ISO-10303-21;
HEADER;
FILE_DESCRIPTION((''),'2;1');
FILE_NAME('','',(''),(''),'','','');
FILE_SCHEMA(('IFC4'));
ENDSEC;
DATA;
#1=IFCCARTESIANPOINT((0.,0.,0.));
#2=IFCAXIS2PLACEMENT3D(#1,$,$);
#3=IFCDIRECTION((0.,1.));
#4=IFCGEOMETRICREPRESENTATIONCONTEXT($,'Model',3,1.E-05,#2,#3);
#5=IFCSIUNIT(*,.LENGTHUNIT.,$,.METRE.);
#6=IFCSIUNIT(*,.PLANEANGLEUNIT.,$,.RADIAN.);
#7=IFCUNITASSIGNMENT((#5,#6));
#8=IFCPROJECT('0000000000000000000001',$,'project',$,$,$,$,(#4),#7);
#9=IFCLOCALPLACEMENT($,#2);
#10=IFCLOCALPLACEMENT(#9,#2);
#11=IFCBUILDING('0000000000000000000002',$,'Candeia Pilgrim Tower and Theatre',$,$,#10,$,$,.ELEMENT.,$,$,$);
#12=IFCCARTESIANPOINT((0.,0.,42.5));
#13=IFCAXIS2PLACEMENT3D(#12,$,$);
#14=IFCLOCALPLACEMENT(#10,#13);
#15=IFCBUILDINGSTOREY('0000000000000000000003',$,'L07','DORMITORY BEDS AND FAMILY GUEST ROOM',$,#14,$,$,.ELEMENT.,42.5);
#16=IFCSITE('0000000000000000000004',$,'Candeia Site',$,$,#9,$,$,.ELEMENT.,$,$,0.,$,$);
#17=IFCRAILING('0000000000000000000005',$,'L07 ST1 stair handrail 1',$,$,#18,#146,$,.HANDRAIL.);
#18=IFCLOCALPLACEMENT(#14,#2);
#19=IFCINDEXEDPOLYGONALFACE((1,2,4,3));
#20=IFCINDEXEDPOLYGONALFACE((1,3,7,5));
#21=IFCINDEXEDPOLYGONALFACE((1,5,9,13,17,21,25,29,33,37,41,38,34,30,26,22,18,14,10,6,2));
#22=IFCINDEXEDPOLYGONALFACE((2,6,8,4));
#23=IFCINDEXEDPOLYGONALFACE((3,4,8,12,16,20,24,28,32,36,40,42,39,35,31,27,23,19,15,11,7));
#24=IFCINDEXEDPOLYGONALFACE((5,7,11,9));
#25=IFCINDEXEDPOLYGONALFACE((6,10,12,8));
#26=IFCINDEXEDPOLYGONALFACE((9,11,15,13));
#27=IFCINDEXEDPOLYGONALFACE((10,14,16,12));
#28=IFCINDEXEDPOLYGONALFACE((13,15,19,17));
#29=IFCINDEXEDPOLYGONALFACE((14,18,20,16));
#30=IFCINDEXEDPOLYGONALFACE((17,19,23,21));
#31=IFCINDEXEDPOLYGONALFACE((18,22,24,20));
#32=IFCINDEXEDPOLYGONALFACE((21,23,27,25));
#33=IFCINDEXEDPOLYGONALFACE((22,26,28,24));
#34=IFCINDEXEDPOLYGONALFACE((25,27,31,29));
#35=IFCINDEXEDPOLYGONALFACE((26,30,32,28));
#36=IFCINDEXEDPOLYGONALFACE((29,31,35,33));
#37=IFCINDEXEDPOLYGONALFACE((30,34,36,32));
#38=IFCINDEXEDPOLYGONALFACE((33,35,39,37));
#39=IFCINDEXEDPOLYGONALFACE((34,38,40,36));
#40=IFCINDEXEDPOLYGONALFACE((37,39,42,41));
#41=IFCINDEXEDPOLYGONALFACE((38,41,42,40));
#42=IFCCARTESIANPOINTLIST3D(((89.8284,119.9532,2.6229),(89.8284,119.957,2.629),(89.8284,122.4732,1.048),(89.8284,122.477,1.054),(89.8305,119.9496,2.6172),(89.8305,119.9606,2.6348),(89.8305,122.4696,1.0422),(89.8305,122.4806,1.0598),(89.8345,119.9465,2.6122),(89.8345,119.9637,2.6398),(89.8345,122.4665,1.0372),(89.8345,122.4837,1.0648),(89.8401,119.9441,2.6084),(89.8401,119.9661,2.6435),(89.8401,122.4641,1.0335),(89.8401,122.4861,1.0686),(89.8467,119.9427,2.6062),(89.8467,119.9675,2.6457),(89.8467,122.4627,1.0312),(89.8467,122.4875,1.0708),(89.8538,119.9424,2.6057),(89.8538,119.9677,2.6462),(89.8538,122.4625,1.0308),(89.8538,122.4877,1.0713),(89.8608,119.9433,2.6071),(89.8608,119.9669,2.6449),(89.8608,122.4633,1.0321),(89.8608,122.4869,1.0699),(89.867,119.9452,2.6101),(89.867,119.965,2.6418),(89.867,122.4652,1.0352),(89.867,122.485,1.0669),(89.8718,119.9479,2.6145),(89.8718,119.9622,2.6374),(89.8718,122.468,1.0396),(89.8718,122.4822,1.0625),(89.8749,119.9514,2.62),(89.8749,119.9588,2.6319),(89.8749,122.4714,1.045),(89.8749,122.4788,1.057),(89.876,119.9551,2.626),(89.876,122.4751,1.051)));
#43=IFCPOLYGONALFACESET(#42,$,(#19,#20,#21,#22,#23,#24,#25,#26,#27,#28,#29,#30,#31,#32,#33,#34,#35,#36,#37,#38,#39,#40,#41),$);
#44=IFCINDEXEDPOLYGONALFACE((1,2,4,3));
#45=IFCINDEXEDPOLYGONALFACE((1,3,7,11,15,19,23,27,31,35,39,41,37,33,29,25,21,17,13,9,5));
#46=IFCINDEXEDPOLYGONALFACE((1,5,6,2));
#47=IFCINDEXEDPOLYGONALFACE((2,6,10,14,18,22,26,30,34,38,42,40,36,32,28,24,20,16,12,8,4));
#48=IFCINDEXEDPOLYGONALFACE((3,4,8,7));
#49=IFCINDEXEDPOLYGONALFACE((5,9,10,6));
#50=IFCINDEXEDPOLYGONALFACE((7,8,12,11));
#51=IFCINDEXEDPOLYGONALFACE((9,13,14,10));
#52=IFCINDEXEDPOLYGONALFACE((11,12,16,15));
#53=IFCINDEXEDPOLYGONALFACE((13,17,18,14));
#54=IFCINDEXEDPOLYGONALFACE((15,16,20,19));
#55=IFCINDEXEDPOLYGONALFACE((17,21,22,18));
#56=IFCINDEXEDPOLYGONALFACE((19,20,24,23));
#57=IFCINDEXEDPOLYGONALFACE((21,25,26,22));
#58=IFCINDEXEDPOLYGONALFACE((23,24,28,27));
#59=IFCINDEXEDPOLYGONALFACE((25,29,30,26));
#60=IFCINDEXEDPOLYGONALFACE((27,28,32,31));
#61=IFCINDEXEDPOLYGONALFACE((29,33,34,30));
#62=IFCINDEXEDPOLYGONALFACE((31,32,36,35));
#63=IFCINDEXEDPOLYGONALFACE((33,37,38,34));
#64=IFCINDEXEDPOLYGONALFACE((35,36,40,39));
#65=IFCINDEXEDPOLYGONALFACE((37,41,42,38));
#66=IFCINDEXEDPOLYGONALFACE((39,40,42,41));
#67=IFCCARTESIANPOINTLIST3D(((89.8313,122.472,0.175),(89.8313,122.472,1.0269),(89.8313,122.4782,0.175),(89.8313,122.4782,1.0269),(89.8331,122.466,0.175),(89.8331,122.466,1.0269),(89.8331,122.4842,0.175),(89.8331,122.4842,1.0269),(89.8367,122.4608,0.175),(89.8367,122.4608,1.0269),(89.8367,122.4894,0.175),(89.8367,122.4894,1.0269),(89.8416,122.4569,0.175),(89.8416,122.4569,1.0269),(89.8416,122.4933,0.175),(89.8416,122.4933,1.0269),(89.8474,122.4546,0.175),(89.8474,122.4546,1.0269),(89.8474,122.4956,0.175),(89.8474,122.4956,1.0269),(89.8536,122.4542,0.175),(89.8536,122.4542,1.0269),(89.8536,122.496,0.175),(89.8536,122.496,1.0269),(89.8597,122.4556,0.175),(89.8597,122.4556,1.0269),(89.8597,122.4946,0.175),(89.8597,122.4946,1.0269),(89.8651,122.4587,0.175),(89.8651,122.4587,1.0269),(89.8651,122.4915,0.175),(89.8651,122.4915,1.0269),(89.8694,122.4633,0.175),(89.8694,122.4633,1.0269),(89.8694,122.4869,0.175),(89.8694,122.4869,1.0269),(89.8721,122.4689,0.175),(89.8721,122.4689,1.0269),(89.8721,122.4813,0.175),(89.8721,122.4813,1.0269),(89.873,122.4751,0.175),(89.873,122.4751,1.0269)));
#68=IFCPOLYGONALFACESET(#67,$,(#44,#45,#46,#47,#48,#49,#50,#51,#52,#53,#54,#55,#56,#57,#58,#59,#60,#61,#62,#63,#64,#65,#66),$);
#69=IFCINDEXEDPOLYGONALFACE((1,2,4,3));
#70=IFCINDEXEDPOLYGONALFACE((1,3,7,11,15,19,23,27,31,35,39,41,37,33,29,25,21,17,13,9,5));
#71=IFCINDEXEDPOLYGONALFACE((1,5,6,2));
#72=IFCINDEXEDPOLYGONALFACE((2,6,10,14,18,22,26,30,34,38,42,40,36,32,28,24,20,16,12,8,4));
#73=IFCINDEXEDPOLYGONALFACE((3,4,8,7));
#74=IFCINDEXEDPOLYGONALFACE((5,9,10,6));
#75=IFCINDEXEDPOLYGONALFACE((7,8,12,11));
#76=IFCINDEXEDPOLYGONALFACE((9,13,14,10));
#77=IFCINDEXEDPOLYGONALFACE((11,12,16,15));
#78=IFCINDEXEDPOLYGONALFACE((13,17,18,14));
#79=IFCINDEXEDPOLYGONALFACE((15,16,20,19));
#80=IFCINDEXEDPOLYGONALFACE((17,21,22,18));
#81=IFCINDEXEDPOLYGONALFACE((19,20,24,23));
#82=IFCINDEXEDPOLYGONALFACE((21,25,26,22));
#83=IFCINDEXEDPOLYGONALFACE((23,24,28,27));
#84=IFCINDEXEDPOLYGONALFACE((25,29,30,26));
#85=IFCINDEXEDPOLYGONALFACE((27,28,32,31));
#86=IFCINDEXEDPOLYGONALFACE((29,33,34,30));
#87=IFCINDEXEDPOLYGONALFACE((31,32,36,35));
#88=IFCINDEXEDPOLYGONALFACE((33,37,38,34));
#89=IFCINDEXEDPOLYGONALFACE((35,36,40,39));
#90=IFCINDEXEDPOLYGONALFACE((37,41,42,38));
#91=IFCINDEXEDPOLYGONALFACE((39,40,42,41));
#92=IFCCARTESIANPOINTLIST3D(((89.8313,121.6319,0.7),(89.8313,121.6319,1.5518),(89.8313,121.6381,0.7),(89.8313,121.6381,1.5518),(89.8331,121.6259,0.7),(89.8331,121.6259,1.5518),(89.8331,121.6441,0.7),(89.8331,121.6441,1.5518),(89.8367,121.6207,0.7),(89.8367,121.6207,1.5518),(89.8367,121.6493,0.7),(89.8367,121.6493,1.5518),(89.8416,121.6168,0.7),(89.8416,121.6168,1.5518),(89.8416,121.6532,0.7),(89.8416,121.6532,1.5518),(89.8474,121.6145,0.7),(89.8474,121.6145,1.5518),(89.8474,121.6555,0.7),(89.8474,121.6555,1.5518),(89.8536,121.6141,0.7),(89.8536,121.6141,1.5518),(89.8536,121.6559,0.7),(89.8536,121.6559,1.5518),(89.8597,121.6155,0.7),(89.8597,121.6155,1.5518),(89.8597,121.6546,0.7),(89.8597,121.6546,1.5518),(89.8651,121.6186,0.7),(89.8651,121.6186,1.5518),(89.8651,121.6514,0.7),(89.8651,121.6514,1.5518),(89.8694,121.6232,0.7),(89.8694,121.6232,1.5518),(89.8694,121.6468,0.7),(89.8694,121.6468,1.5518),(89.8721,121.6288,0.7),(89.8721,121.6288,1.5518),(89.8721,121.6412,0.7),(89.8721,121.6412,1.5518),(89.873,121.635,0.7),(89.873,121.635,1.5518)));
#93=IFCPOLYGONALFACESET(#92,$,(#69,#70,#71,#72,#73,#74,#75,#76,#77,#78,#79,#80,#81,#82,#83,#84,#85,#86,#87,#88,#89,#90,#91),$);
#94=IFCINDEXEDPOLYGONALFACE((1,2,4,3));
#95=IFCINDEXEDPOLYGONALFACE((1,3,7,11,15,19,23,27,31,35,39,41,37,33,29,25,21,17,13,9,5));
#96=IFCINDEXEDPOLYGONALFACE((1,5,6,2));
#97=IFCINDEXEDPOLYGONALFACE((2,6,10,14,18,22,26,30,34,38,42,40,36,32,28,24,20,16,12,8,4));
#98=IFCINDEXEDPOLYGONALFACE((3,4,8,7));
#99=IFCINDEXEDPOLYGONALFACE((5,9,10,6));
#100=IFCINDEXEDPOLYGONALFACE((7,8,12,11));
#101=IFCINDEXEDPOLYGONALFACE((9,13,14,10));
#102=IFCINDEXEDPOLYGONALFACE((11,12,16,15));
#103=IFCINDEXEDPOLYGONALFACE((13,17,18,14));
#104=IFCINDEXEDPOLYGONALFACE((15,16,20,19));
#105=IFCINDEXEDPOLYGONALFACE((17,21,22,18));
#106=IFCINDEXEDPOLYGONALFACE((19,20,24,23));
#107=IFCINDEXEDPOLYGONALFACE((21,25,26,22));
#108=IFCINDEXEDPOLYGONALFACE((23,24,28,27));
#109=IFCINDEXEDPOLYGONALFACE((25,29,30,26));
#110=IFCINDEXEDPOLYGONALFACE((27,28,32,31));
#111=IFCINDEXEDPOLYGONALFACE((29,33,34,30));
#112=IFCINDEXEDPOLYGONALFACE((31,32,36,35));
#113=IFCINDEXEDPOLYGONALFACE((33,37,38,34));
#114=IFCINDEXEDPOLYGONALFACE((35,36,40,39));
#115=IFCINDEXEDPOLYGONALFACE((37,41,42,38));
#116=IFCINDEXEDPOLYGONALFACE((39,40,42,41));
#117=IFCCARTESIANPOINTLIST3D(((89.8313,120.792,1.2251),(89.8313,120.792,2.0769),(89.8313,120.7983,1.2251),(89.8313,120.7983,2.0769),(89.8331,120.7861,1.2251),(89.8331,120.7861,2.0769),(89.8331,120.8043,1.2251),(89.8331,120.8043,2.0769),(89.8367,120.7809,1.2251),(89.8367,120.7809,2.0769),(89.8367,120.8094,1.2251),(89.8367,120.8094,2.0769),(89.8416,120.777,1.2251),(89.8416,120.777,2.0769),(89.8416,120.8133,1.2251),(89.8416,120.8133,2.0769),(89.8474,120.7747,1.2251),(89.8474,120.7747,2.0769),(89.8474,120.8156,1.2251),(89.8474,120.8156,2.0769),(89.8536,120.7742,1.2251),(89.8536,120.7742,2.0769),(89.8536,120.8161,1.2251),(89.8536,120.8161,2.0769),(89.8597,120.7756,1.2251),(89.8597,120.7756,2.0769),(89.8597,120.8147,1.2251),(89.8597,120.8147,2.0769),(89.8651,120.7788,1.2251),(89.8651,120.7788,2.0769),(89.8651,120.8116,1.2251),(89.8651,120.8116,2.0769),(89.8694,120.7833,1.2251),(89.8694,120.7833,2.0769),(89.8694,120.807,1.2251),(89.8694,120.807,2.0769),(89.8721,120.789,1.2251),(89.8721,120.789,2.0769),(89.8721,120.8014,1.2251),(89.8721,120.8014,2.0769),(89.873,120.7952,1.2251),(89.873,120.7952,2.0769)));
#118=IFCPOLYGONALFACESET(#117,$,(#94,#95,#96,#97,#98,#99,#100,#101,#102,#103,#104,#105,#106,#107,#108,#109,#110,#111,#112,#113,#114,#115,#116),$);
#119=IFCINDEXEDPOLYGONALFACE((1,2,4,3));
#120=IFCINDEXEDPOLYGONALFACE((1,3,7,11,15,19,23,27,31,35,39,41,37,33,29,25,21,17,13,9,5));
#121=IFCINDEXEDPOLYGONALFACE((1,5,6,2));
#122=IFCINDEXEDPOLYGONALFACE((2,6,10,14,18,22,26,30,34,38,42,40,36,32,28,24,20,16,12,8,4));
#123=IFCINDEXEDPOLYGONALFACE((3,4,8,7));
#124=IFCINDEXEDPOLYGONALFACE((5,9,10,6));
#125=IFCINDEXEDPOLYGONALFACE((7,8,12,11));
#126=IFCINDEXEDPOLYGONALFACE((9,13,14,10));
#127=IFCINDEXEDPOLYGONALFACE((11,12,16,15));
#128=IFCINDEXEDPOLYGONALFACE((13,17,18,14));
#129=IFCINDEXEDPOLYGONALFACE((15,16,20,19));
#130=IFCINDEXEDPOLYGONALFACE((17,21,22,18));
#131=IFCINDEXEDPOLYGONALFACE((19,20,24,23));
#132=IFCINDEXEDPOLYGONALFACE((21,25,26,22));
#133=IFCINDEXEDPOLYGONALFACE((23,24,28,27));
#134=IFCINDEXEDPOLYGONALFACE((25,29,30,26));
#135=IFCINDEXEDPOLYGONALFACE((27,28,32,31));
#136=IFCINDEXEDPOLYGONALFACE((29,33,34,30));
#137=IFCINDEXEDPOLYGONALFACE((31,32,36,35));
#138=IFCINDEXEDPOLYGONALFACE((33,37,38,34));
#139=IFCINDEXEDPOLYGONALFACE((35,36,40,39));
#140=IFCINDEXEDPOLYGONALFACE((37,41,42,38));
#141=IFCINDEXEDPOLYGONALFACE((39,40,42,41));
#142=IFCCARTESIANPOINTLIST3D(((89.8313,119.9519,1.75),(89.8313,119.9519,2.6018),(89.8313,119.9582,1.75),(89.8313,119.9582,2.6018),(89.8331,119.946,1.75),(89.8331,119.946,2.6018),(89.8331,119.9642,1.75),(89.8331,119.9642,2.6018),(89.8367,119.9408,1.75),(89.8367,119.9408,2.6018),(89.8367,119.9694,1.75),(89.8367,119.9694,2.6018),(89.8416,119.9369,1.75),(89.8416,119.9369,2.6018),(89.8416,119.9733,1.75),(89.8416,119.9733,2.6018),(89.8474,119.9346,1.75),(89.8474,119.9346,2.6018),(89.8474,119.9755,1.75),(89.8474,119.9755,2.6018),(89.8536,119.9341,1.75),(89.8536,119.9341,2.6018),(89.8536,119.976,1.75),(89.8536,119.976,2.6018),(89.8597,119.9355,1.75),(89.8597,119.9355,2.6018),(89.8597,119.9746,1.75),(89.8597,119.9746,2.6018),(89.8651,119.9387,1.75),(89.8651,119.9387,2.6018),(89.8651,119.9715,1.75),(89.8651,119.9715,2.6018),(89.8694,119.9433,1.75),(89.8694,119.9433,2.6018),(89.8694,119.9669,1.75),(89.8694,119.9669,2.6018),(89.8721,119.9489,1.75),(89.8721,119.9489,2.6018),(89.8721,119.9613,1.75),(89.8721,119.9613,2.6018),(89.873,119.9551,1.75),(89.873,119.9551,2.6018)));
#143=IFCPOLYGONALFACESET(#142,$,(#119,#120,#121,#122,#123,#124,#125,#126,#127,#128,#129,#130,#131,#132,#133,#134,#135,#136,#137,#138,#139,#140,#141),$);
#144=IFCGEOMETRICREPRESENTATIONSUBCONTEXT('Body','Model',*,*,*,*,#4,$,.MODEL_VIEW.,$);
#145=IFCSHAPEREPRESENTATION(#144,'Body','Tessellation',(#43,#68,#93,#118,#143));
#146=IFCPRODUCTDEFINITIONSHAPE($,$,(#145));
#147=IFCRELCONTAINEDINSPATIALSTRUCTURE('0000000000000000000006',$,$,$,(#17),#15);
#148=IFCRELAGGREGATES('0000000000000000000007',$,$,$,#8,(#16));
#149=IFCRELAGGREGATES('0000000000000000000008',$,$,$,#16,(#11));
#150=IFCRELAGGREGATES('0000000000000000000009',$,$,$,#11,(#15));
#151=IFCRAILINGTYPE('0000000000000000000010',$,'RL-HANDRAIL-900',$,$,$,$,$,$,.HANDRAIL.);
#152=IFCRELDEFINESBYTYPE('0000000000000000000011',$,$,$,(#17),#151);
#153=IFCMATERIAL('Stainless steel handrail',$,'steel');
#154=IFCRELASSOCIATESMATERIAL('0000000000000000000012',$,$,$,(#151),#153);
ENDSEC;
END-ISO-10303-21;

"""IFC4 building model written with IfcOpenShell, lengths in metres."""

from ifc_helpers import new_model, si_unit, direction, frame, origin, origin_2d, place, context, subcontext, project, spatial, circle, extrude, material, type_object, element, save


model = new_model("IFC4")

# Units and contexts
model_context = context("Model", 3, precision=1e-05, world=origin(), true_north=direction((0.0, 1.0)))
body_context = subcontext(model_context, "Body", "Model", "MODEL_VIEW")
ifc_project = project(units=[si_unit("LENGTHUNIT", "METRE"), si_unit("PLANEANGLEUNIT", "RADIAN")], contexts=[model_context])

# Site, building, storey
site_placement = place(None, origin())
site = spatial("IfcSite", under=ifc_project, at=site_placement, Name="Candeia Site", CompositionType="ELEMENT", RefElevation=0.0)
building_placement = place(site_placement, origin())
building = spatial("IfcBuilding", under=site, at=building_placement, Name="Candeia Pilgrim Tower and Theatre", CompositionType="ELEMENT")
storey_placement = place(building_placement, frame((0.0, 0.0, 42.5)))
storey = spatial("IfcBuildingStorey", under=building, at=storey_placement, Name="L07", Description="DORMITORY BEDS AND FAMILY GUEST ROOM", CompositionType="ELEMENT", Elevation=42.5)

# Railing
ifc_material_1 = material(Name="Stainless steel handrail", Category="steel")
railing_type_1 = type_object("IfcRailingType", Name="RL-HANDRAIL-900", PredefinedType="HANDRAIL", material=ifc_material_1)
for number, where, name in (
    (1, (89.8521, 122.4751, 0.175), "L07 ST1 stair handrail 1"),
):
    element("IfcRailing", number, at=place(storey_placement, frame(where)), inside=storey, type_object=railing_type_1, Name=name, PredefinedType="HANDRAIL", context=body_context, shape_type="SweptSolid", body=[
        extrude(circle(Radius=0.0239, at=origin_2d()), frame((0.0, 0.0, 0.876), z_axis=(0.0, -0.848008, 0.529984), x_axis=(1.0, 0.0, 0.0)), (0.0, 0.0, 1.0), 2.9717),
        extrude(circle(Radius=0.021, at=origin_2d()), origin(), (0.0, 0.0, 1.0), 0.8518),
        extrude(circle(Radius=0.021, at=origin_2d()), frame((0.0, -0.8401, 0.5249)), (0.0, 0.0, 1.0), 0.8518),
        extrude(circle(Radius=0.021, at=origin_2d()), frame((0.0, -1.6799, 1.05)), (0.0, 0.0, 1.0), 0.8518),
        extrude(circle(Radius=0.021, at=origin_2d()), frame((0.0, -2.52, 1.575)), (0.0, 0.0, 1.0), 0.8518),
    ])

save(model, "model.ifc")
